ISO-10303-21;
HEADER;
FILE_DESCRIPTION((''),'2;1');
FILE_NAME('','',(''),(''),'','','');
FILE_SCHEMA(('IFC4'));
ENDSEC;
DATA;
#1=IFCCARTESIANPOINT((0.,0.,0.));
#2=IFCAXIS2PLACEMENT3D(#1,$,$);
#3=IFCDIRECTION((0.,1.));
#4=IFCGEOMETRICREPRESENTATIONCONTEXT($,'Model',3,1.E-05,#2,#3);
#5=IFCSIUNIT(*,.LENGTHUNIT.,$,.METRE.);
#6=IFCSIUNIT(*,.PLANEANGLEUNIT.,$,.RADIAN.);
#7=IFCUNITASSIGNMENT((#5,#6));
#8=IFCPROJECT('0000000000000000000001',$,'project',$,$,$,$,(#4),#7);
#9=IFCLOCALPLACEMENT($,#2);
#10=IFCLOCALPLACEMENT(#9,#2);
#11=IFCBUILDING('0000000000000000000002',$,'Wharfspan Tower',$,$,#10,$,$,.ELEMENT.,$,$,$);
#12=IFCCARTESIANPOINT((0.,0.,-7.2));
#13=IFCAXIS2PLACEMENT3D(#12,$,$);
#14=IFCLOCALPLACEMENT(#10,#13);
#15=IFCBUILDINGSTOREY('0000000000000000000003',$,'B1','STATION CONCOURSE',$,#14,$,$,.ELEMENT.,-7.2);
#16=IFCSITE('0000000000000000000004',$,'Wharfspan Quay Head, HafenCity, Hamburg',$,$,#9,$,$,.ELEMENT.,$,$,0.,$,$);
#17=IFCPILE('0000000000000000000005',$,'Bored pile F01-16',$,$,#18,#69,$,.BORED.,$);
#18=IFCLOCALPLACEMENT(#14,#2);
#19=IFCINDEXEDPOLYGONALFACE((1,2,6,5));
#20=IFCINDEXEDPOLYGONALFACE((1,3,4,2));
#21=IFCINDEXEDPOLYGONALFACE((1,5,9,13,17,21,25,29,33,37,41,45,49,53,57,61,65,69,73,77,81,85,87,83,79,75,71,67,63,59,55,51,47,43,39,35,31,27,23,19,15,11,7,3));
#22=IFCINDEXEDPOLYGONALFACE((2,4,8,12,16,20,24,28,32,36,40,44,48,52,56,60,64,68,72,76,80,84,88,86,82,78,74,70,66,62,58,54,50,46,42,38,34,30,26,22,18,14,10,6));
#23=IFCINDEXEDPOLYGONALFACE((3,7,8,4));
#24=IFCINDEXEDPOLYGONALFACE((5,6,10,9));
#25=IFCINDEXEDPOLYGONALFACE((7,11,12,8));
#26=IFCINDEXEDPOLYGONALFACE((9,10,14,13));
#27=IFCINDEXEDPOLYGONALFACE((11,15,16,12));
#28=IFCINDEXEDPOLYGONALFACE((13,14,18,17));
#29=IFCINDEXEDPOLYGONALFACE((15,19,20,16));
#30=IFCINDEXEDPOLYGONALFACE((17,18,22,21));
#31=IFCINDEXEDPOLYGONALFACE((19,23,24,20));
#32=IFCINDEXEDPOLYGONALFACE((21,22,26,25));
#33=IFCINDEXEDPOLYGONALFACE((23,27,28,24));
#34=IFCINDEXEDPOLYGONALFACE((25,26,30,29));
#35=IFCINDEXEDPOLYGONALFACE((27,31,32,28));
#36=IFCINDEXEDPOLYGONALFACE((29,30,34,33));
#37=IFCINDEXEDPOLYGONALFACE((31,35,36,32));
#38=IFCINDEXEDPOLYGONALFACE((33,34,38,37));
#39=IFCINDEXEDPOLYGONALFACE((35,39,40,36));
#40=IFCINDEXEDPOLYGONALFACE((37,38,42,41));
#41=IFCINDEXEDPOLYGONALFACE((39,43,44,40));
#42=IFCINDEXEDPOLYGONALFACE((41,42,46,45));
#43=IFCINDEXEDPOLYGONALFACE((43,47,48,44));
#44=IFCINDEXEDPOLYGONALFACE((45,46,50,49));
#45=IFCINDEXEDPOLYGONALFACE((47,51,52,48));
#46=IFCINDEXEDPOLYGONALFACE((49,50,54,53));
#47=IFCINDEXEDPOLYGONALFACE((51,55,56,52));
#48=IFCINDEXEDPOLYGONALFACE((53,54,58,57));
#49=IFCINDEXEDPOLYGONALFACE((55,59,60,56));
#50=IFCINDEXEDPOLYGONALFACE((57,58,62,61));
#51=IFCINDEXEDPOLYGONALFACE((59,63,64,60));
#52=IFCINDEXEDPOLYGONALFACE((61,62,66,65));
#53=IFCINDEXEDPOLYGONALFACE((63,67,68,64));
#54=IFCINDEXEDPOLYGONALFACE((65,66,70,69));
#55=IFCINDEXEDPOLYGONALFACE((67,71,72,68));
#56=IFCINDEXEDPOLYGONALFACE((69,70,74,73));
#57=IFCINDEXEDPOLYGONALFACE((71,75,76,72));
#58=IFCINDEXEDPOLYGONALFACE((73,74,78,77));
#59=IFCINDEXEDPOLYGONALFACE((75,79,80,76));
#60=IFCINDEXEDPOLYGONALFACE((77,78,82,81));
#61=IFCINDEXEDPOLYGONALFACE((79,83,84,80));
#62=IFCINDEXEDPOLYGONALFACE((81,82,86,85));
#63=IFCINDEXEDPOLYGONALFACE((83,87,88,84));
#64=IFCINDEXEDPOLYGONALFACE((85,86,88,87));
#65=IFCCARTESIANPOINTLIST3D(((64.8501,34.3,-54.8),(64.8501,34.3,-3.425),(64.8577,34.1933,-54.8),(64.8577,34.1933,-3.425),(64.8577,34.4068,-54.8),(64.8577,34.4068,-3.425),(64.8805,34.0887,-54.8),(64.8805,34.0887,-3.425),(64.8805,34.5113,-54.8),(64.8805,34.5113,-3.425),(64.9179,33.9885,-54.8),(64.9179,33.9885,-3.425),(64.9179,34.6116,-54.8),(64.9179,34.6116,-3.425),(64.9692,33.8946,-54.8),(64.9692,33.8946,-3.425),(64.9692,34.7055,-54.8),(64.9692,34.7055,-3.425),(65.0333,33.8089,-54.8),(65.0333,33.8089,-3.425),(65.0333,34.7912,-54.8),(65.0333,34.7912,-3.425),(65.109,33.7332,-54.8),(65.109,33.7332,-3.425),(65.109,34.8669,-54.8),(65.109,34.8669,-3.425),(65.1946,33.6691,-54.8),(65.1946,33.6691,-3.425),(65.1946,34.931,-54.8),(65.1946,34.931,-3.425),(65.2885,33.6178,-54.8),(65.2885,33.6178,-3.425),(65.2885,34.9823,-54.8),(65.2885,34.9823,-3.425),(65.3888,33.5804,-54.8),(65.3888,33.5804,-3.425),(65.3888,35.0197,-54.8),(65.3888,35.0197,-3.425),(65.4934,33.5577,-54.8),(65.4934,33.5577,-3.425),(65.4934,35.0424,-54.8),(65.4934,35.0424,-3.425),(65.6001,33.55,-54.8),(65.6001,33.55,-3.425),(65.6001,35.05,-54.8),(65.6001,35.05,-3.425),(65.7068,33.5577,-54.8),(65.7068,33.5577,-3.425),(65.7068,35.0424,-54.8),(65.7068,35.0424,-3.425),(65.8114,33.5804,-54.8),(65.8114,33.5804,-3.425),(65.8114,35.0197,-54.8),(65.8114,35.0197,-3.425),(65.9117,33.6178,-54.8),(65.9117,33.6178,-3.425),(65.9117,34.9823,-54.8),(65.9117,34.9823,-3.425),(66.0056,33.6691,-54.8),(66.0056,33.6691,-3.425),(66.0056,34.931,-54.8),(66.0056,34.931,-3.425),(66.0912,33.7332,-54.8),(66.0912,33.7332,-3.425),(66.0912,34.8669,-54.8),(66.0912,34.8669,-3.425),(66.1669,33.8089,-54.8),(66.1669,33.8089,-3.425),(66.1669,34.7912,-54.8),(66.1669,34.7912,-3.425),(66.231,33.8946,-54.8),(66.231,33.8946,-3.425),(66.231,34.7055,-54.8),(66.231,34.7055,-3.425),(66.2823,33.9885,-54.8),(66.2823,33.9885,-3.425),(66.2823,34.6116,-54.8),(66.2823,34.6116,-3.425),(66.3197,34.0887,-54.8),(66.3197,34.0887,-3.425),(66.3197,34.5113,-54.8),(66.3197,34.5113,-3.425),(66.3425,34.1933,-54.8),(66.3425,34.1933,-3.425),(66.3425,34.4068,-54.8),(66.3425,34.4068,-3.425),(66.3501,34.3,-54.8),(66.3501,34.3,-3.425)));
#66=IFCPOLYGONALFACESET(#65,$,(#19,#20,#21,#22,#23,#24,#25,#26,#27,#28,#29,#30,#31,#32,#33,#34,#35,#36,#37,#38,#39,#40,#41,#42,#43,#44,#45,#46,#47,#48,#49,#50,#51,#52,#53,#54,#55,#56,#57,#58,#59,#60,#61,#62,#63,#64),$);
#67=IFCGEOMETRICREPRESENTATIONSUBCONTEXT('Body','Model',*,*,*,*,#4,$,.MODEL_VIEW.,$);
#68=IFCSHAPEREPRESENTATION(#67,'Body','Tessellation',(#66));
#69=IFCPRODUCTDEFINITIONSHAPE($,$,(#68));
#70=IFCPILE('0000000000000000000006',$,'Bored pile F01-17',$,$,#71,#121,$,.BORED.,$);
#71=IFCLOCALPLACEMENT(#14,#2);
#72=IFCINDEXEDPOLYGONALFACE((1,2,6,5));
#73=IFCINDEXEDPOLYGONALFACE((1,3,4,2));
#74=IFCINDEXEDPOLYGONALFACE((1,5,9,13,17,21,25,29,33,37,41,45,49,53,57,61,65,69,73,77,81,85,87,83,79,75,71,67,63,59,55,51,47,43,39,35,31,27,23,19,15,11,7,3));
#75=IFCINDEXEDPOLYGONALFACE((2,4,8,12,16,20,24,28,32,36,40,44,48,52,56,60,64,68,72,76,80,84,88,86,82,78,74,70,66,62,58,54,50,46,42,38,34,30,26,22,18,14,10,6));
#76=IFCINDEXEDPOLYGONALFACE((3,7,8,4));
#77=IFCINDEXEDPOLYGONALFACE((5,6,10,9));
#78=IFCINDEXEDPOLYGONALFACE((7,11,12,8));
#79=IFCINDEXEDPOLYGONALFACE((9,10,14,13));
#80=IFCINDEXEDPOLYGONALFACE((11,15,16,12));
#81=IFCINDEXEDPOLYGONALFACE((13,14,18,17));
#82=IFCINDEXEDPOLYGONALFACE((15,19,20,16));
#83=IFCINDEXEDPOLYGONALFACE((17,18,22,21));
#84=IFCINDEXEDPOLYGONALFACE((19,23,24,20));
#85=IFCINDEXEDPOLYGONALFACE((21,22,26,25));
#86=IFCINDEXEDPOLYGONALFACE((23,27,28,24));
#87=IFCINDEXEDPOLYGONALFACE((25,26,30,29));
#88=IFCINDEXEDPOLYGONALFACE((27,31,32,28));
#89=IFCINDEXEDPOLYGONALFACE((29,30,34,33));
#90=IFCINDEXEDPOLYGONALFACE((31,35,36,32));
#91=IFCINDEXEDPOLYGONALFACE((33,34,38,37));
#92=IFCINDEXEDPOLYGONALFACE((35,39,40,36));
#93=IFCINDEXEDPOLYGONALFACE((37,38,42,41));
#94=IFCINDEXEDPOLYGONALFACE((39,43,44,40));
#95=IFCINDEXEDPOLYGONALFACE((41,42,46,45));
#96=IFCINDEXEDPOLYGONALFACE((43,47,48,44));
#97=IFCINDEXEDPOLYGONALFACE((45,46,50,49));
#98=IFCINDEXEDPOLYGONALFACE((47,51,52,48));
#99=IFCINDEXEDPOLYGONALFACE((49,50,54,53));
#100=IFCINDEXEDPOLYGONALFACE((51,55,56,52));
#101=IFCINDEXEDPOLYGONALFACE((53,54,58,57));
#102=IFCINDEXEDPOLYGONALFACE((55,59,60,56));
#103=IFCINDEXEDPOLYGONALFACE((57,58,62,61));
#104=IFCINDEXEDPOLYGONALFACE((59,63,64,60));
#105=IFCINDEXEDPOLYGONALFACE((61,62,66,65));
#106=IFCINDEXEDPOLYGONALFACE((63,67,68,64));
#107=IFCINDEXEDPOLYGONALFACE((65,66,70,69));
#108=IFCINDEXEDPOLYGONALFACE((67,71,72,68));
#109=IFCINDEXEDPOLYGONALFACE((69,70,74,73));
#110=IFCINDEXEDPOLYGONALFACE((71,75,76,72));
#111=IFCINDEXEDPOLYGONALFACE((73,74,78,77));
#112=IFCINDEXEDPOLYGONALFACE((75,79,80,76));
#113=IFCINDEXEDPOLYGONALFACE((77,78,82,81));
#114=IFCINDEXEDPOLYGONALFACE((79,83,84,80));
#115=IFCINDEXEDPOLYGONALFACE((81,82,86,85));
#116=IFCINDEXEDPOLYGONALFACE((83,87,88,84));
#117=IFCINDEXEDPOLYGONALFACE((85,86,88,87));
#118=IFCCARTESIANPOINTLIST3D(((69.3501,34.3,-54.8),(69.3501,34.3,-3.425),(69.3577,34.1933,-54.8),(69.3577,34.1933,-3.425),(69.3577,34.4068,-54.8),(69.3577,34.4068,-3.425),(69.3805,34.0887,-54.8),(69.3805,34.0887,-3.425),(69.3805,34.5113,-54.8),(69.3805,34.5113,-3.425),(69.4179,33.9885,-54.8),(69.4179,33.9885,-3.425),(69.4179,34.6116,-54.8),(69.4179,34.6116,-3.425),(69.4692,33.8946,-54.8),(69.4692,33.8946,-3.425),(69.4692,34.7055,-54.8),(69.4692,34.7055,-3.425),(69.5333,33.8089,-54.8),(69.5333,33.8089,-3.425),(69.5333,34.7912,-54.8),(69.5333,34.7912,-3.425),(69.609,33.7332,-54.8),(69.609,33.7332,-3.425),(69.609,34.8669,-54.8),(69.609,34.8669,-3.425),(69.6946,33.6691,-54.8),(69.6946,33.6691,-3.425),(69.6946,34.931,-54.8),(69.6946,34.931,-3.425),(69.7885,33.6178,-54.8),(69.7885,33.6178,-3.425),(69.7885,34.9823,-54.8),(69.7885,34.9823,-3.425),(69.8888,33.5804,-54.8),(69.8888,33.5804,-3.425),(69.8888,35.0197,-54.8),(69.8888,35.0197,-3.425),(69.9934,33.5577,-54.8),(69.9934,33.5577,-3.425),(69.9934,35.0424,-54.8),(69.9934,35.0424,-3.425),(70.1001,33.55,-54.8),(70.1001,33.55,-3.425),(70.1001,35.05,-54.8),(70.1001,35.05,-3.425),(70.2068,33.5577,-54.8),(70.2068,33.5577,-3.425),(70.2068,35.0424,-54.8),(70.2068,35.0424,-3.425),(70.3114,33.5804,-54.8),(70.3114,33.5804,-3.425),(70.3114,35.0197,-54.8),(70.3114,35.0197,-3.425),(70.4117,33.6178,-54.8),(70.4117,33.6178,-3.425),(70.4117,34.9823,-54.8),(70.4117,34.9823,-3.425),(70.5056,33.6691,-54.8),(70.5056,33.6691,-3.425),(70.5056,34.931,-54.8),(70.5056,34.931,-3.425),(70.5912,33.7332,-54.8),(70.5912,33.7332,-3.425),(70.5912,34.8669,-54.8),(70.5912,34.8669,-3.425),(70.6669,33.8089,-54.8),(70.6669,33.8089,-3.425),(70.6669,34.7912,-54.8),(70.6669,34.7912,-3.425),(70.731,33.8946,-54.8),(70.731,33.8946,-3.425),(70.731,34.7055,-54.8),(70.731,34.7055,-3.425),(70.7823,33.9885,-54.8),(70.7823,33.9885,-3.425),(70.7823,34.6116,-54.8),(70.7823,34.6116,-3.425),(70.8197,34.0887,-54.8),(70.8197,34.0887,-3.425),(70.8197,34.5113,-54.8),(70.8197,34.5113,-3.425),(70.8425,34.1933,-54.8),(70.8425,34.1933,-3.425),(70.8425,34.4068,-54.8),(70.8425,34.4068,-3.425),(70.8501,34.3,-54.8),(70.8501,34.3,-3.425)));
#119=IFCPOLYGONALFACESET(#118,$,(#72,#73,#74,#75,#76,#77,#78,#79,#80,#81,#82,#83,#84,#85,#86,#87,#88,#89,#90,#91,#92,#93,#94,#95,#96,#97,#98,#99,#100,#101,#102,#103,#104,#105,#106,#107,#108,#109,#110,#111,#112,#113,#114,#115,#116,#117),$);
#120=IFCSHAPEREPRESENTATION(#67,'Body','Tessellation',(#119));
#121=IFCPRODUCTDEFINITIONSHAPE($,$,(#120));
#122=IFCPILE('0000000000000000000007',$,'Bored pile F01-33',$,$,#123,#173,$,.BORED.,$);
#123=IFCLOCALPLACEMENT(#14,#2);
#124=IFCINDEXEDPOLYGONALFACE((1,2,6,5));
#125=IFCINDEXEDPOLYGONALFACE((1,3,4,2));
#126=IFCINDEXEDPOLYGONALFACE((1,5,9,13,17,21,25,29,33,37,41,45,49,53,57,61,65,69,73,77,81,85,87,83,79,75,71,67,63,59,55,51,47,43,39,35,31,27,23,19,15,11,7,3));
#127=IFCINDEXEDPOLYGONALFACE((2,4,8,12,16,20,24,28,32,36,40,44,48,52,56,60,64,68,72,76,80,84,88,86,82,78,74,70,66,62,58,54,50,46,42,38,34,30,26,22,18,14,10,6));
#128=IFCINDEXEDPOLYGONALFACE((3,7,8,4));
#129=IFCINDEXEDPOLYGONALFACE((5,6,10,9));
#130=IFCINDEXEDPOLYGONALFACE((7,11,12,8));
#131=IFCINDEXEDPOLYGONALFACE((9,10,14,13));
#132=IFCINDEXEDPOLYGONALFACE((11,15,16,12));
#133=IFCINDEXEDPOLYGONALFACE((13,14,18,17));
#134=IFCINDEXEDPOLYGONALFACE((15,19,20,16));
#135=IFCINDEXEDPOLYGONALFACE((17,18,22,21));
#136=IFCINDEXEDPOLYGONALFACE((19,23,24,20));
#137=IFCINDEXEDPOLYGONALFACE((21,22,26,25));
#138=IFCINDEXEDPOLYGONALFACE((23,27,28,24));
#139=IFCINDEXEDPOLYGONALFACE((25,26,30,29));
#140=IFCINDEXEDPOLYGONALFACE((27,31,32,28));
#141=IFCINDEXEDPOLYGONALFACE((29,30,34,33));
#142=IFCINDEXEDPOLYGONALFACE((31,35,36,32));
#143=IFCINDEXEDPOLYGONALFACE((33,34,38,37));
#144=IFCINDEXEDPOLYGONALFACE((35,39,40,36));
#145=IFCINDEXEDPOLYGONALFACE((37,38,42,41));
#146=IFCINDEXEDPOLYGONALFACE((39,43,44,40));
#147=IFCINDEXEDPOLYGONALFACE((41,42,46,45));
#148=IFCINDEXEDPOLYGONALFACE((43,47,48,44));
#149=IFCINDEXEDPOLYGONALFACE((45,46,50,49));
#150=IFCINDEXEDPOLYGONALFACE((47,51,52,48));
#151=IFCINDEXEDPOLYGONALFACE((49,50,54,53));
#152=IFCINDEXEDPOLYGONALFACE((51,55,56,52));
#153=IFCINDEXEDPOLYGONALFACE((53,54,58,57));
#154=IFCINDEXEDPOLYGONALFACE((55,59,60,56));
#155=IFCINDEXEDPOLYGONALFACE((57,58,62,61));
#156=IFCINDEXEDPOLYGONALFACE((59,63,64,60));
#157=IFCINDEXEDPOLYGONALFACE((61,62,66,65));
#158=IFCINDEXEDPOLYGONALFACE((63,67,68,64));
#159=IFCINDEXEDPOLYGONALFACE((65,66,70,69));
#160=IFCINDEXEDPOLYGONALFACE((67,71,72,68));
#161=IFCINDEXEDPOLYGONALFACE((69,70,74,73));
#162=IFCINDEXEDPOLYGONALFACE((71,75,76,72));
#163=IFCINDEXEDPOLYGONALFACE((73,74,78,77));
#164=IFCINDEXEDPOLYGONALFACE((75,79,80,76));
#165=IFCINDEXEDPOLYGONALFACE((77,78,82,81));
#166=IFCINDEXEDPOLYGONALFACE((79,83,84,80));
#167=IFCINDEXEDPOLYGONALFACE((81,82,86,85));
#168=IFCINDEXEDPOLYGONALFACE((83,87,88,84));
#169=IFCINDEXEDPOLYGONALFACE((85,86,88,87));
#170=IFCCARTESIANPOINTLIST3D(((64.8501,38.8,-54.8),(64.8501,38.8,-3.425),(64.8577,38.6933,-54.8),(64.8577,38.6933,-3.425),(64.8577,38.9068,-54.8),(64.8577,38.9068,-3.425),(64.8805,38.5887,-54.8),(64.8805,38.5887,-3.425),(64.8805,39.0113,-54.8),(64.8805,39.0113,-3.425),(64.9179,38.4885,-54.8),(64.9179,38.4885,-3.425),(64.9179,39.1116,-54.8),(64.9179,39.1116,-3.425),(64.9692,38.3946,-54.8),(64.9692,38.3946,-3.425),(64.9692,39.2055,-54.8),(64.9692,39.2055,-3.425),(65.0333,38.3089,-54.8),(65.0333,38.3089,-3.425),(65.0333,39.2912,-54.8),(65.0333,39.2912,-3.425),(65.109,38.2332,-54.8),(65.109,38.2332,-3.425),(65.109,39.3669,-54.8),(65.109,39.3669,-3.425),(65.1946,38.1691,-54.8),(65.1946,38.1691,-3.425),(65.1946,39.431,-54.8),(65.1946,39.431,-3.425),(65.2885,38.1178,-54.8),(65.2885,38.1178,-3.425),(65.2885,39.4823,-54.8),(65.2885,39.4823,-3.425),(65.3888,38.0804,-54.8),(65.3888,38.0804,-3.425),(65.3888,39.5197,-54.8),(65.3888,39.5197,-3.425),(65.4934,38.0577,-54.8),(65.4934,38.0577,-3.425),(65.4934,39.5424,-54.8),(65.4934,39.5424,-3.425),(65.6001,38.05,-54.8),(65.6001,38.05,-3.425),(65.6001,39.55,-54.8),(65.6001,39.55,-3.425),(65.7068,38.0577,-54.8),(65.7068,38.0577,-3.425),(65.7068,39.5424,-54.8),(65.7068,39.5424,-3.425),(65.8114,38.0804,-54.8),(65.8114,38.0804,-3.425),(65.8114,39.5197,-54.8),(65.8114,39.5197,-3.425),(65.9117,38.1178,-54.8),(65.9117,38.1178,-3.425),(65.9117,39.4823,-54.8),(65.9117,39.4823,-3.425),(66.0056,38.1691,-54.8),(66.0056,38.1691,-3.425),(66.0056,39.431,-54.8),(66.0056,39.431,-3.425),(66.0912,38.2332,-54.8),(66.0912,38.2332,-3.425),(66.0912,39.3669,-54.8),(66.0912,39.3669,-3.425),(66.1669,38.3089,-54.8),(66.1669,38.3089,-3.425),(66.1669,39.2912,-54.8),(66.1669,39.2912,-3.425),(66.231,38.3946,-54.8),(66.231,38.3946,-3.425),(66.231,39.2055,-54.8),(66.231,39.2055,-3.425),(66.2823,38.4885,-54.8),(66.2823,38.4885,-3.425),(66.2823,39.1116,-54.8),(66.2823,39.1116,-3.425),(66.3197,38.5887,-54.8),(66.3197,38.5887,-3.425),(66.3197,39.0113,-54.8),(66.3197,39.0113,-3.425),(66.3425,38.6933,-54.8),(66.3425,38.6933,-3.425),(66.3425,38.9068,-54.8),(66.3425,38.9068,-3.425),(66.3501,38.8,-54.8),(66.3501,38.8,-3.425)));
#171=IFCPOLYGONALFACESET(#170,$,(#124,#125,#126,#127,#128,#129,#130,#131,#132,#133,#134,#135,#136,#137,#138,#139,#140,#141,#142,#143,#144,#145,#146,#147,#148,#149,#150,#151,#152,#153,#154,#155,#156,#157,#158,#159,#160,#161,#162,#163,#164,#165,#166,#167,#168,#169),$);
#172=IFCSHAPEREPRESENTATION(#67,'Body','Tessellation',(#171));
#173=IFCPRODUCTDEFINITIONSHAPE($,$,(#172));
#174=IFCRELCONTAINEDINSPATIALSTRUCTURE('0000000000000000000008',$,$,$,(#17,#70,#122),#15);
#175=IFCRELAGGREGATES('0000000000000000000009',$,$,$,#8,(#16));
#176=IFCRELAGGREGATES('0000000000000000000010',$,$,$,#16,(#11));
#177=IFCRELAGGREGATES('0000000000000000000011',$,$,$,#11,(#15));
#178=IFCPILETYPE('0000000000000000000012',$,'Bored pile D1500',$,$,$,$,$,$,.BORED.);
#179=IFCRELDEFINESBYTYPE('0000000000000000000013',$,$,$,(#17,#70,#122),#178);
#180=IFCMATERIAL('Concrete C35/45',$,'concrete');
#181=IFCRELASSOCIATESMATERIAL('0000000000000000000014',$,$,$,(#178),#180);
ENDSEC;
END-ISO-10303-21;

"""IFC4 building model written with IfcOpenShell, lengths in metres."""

from ifc_helpers import new_model, si_unit, direction, frame, origin, origin_2d, place, context, subcontext, project, spatial, circle, extrude, material, material_profile, profile_set, type_object, element, save


model = new_model("IFC4")

# Units and contexts
model_context = context("Model", 3, precision=1e-05, world=origin(), true_north=direction((0.0, 1.0)))
body_context = subcontext(model_context, "Body", "Model", "MODEL_VIEW")
ifc_project = project(units=[si_unit("LENGTHUNIT", "METRE"), si_unit("PLANEANGLEUNIT", "RADIAN")], contexts=[model_context])

# Site, building, storey
site_placement = place(None, origin())
site = spatial("IfcSite", under=ifc_project, at=site_placement, Name="Wharfspan Quay Head, HafenCity, Hamburg", CompositionType="ELEMENT", RefElevation=0.0)
building_placement = place(site_placement, origin())
building = spatial("IfcBuilding", under=site, at=building_placement, Name="Wharfspan Tower", CompositionType="ELEMENT")
storey_placement = place(building_placement, frame((0.0, 0.0, -7.2)))
storey = spatial("IfcBuildingStorey", under=building, at=storey_placement, Name="B1", Description="STATION CONCOURSE", CompositionType="ELEMENT", Elevation=-7.2)

# Piles
ifc_material_1 = material(Name="Concrete C35/45", Category="concrete")
ifc_material_profile_1 = material_profile(ifc_material_1, circle(Radius=0.75, at=origin_2d()))
ifc_profile_set_1 = profile_set([ifc_material_profile_1], Name="Concrete C35/45")
pile_type = type_object("IfcPileType", Name="Bored pile D1500", PredefinedType="BORED", material=ifc_profile_set_1)
for number, where, z_axis, x_axis, name in (
    (1, (65.6001, 34.3, -3.425), (0.0, 0.0, -1.0), (1.0, 0.0, 0.0), "Bored pile F01-16"),
    (2, (70.1001, 34.3, -3.425), (0.0, 0.0, -1.0), (1.0, 0.0, 0.0), "Bored pile F01-17"),
    (3, (65.6001, 38.8, -3.425), (0.0, 0.0, -1.0), (1.0, 0.0, 0.0), "Bored pile F01-33"),
):
    element("IfcPile", number, at=place(storey_placement, frame(where, z_axis=z_axis, x_axis=x_axis)), inside=storey, type_object=pile_type, Name=name, PredefinedType="BORED", context=body_context, shape_type="SweptSolid", body=[
        extrude(circle(Radius=0.75, at=origin_2d()), origin(), (0.0, 0.0, 1.0), 51.375),
    ])

save(model, "model.ifc")
